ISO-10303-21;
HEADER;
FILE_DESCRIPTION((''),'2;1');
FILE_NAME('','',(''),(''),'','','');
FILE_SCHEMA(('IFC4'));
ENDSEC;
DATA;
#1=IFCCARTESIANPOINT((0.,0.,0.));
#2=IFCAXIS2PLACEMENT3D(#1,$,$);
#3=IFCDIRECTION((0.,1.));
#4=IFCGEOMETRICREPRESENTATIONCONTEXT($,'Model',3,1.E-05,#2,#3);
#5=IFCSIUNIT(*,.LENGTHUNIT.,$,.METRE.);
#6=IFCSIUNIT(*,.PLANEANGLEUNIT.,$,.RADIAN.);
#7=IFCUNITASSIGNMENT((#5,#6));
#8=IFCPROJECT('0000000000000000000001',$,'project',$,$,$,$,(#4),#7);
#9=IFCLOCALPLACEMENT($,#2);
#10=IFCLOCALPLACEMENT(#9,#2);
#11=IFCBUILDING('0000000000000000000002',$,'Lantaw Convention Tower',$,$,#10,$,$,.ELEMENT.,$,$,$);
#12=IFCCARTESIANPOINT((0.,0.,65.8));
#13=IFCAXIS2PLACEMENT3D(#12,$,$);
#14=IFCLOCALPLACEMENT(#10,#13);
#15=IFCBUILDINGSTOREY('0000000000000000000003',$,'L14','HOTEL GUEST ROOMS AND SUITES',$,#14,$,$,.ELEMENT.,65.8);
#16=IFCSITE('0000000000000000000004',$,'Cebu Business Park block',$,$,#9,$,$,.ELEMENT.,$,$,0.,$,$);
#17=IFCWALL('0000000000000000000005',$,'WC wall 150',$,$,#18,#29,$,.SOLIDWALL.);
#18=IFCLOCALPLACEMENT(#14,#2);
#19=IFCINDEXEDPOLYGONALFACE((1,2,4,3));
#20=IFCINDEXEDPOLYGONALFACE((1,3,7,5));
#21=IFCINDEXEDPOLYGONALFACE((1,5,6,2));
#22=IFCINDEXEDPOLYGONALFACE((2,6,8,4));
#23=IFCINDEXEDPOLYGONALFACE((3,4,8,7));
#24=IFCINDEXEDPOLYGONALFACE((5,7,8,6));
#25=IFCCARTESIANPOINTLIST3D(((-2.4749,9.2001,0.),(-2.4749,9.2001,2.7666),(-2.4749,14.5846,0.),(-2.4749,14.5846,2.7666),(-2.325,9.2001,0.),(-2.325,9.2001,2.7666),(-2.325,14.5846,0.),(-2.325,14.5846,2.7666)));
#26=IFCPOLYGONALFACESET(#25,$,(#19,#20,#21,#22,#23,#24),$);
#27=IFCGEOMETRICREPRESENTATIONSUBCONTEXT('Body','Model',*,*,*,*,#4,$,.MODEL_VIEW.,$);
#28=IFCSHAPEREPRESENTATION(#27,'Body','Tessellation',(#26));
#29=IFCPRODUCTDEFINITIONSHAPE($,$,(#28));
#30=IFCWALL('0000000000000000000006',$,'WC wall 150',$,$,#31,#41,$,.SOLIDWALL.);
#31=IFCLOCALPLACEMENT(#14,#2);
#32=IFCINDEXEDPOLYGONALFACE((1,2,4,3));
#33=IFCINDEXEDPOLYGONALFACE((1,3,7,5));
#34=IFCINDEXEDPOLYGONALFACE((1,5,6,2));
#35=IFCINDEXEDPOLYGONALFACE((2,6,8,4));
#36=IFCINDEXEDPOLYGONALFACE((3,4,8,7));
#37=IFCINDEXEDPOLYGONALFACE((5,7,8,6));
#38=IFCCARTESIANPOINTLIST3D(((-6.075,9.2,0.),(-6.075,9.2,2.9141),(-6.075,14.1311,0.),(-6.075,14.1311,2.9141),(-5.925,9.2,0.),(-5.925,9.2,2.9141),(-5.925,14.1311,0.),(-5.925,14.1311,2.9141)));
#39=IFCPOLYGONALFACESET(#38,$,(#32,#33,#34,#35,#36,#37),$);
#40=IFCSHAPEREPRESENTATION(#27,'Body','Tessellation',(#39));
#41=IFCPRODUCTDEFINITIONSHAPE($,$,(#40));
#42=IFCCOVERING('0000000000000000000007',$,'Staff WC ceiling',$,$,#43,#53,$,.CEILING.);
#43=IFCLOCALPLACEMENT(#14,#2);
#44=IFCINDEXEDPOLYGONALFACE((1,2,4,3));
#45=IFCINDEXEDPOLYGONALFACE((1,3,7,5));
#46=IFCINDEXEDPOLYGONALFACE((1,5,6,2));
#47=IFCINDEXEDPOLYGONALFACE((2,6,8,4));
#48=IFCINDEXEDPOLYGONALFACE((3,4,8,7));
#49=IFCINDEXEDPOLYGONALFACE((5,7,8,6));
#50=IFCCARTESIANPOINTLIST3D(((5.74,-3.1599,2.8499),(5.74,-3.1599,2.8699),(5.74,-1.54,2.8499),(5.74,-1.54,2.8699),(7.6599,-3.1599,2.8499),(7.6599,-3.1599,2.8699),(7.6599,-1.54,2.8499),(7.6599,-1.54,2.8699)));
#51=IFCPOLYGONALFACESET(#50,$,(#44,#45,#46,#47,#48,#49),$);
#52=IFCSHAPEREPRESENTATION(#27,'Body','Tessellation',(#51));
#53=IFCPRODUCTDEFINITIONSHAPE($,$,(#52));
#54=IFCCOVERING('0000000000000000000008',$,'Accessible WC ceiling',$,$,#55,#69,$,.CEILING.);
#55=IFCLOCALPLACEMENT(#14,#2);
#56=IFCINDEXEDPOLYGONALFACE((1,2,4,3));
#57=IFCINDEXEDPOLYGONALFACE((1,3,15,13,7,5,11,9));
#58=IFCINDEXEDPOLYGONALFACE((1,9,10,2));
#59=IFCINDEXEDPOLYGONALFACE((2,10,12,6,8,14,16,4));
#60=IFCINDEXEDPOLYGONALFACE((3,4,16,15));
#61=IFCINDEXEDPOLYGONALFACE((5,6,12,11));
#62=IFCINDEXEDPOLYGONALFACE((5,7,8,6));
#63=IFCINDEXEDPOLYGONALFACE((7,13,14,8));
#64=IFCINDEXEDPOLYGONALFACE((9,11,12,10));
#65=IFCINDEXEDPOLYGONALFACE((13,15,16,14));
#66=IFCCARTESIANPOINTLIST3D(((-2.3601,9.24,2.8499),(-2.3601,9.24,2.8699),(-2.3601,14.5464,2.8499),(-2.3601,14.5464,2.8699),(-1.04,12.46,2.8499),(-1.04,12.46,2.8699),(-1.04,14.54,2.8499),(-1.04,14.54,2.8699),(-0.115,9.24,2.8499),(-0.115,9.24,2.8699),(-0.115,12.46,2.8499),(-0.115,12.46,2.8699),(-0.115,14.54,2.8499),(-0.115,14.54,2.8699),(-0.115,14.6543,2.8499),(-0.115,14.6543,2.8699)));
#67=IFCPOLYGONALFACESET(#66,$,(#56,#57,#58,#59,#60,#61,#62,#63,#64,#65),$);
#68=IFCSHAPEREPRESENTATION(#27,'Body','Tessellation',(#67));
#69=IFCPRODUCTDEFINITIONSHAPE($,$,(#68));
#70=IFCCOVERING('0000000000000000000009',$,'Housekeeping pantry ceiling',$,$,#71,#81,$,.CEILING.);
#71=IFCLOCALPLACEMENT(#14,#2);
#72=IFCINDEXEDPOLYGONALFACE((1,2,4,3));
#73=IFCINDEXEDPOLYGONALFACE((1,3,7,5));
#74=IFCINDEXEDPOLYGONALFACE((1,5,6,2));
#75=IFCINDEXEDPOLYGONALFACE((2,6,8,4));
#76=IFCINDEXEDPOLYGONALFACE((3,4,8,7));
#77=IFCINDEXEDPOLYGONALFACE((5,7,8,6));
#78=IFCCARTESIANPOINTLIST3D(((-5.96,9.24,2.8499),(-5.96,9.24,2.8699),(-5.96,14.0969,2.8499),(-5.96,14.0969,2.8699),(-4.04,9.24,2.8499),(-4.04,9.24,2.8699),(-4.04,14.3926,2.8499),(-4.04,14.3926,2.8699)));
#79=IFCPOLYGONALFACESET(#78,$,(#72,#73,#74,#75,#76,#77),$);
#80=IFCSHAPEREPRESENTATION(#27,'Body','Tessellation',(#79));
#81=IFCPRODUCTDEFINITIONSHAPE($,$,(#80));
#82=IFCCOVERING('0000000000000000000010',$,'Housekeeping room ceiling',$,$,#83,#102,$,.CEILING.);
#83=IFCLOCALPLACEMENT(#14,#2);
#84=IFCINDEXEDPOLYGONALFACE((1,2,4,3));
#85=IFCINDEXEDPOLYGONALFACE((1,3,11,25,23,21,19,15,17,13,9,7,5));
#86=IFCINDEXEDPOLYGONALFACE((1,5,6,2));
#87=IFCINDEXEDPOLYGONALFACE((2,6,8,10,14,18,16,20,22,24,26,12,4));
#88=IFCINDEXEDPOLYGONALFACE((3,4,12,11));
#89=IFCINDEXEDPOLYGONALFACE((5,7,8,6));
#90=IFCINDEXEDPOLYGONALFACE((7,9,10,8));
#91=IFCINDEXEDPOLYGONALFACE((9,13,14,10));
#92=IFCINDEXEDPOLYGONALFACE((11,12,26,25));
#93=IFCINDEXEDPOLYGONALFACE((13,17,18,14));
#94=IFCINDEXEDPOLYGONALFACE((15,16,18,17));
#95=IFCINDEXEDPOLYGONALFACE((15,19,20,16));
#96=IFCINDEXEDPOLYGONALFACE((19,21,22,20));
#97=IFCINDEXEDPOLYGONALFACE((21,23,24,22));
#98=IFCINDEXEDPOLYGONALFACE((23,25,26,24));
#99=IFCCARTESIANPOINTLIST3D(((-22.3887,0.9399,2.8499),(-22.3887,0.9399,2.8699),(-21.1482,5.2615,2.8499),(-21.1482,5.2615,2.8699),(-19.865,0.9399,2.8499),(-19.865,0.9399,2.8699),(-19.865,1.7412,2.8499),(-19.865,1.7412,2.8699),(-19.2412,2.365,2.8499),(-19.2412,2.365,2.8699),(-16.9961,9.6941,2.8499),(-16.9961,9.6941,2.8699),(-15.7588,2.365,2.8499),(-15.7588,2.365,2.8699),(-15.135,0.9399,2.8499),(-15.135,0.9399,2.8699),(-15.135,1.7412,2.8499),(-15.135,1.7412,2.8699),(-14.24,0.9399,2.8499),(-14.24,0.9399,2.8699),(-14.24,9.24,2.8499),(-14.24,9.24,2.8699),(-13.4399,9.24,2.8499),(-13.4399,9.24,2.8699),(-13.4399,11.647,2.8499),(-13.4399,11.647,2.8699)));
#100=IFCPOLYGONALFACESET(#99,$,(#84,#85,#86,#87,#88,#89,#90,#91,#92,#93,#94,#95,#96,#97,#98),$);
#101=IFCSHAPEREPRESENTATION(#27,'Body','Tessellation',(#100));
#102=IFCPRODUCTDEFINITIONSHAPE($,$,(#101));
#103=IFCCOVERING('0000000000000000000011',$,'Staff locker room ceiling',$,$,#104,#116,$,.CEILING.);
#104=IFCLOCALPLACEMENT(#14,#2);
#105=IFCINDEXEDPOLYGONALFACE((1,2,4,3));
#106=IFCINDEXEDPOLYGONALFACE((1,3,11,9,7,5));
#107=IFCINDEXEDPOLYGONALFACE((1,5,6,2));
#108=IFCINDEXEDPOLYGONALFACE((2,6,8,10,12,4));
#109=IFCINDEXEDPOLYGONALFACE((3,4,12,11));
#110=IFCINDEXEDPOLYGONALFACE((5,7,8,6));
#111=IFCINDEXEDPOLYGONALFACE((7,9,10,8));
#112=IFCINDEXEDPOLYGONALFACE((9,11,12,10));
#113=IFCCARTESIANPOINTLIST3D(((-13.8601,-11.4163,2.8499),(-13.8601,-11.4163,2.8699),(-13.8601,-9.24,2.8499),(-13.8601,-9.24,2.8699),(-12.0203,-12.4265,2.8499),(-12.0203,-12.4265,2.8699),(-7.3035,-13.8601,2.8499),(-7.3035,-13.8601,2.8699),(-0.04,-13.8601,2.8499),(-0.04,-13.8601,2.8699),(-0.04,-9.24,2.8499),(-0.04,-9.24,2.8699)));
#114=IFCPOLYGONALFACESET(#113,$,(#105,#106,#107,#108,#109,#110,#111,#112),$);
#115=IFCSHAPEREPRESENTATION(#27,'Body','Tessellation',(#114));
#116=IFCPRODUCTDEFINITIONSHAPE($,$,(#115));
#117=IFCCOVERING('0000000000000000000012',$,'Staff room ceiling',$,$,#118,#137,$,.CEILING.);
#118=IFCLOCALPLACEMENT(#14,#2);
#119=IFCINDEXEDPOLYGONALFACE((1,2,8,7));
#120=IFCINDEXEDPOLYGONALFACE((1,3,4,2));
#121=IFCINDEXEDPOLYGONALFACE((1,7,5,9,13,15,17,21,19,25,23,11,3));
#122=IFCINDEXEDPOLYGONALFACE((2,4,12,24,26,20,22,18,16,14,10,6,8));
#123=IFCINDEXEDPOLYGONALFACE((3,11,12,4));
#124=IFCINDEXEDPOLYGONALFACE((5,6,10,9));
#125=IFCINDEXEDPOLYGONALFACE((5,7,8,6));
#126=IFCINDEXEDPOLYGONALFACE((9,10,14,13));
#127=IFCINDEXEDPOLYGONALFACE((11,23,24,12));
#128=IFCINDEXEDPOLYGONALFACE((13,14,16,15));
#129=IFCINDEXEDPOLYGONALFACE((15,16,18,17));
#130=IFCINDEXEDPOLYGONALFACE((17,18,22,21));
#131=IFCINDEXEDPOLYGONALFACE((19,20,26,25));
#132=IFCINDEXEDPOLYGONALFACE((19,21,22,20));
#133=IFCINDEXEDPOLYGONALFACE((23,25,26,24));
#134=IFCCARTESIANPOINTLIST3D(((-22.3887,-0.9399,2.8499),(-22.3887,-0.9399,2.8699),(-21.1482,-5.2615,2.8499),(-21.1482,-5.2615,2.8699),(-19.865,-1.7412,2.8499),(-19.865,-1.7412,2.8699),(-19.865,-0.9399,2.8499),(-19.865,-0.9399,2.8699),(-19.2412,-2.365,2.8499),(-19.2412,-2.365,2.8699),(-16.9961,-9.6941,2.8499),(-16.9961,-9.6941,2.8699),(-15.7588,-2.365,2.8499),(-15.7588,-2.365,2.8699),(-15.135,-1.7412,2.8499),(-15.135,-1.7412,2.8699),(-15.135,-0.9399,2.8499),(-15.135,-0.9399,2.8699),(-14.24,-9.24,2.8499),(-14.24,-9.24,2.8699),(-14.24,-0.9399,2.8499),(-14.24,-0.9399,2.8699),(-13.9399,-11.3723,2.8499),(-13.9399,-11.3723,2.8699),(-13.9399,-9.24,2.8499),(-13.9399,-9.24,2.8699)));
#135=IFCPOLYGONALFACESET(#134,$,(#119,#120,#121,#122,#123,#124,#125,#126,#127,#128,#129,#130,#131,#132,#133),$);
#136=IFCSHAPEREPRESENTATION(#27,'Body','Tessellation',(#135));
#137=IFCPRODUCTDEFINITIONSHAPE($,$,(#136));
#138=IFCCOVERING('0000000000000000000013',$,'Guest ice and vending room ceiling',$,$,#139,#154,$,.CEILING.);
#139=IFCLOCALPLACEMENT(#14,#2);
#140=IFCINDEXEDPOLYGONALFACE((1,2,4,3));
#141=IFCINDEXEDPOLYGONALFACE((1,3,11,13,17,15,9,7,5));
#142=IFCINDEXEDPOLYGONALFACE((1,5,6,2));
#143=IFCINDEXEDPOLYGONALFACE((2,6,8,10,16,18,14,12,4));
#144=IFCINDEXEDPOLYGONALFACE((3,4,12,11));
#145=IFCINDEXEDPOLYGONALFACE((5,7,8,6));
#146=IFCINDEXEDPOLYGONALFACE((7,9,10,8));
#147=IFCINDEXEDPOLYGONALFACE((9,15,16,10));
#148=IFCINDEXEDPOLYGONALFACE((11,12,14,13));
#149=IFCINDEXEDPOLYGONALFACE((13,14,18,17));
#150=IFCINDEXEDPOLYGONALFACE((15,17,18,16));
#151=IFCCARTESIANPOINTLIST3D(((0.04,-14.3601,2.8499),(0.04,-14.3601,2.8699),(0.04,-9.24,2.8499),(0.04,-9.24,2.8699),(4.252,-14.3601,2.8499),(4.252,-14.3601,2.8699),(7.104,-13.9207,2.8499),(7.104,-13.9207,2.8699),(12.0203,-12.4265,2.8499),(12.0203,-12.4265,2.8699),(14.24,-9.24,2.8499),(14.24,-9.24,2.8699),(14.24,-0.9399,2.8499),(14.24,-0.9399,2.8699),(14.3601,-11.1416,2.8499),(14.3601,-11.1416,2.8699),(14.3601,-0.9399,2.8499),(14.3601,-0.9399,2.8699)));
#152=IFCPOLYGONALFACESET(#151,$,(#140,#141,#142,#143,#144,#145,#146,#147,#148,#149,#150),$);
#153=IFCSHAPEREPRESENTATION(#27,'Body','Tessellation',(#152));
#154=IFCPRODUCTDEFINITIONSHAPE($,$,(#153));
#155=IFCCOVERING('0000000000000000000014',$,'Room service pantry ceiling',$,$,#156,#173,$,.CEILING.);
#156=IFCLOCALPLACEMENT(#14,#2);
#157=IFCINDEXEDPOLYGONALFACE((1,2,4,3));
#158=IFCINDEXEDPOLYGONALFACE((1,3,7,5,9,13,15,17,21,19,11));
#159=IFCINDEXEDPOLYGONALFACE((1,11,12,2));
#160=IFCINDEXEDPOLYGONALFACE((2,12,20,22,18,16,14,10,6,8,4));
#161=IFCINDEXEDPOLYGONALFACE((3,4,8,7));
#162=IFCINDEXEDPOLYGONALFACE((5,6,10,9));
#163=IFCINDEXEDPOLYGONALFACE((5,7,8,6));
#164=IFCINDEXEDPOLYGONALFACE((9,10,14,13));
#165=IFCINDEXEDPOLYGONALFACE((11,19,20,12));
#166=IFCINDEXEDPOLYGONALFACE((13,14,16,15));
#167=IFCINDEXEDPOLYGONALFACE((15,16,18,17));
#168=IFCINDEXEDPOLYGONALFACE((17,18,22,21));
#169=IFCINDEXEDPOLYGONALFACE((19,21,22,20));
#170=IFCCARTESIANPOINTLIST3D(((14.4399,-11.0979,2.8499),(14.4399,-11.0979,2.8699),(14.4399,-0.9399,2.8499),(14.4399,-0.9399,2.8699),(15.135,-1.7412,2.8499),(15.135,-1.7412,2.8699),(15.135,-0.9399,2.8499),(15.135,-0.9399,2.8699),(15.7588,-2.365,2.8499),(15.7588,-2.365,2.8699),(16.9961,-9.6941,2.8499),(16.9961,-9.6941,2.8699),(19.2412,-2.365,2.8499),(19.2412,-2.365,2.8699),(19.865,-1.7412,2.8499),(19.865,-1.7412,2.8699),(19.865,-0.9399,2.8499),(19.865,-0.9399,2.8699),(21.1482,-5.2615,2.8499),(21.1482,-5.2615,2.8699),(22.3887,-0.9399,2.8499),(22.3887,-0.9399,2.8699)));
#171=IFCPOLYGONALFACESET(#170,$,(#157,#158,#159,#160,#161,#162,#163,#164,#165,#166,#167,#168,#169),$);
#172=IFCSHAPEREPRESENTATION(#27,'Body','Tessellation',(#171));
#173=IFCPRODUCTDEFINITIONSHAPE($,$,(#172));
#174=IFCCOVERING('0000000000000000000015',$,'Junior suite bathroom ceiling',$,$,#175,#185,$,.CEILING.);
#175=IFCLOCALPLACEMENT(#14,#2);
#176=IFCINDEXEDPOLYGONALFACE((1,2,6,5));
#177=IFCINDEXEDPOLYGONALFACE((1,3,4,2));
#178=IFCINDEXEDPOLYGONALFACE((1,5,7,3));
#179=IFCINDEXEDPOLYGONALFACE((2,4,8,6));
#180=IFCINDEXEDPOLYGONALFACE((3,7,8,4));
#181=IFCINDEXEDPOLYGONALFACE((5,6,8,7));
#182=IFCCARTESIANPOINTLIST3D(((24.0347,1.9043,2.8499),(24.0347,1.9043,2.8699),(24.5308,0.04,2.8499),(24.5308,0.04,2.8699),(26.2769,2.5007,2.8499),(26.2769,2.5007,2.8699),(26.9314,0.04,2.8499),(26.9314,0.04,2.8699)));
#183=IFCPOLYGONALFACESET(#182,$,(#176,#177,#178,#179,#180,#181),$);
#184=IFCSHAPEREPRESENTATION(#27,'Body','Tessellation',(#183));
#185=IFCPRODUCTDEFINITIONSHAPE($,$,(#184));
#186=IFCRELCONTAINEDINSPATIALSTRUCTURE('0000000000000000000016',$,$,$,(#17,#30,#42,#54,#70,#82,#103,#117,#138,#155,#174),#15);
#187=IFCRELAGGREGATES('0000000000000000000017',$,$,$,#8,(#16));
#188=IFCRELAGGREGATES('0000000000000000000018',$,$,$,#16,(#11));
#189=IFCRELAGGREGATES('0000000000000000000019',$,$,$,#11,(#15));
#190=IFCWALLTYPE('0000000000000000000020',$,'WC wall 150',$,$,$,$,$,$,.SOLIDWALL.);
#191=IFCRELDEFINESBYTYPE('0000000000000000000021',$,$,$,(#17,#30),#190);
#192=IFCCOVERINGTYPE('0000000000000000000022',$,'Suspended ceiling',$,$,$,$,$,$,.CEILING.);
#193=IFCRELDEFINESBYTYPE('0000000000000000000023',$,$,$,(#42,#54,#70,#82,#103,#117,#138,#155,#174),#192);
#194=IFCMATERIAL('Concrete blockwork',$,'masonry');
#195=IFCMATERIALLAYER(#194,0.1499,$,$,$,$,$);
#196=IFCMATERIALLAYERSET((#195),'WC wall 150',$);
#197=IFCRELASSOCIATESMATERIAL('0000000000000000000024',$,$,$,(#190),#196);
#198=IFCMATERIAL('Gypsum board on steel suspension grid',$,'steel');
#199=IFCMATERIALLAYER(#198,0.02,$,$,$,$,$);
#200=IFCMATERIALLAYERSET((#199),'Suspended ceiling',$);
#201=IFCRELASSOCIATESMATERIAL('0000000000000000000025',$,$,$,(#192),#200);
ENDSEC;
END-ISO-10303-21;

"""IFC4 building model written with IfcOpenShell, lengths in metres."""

from ifc_helpers import new_model, si_unit, direction, frame, frame_2d, origin, place, context, subcontext, project, spatial, polyline, rectangle, outline, extrude, material, layer, layer_set, type_object, element, save


model = new_model("IFC4")

# Units and contexts
model_context = context("Model", 3, precision=1e-05, world=origin(), true_north=direction((0.0, 1.0)))
body_context = subcontext(model_context, "Body", "Model", "MODEL_VIEW")
ifc_project = project(units=[si_unit("LENGTHUNIT", "METRE"), si_unit("PLANEANGLEUNIT", "RADIAN")], contexts=[model_context])

# Site, building, storey
site_placement = place(None, origin())
site = spatial("IfcSite", under=ifc_project, at=site_placement, Name="Cebu Business Park block", CompositionType="ELEMENT", RefElevation=0.0)
building_placement = place(site_placement, origin())
building = spatial("IfcBuilding", under=site, at=building_placement, Name="Lantaw Convention Tower", CompositionType="ELEMENT")
storey_placement = place(building_placement, frame((0.0, 0.0, 65.8)))
storey = spatial("IfcBuildingStorey", under=building, at=storey_placement, Name="L14", Description="HOTEL GUEST ROOMS AND SUITES", CompositionType="ELEMENT", Elevation=65.8)

# Walls
ifc_material_1 = material(Name="Concrete blockwork", Category="masonry")
ifc_layer_1 = layer(ifc_material_1, 0.1499)
ifc_layer_set_1 = layer_set([ifc_layer_1], Name="WC wall 150")
wall_type_1 = type_object("IfcWallType", Name="WC wall 150", PredefinedType="SOLIDWALL", material=ifc_layer_set_1)
wall_1_placement = place(storey_placement, frame((-2.3999, 9.2, 0.0), z_axis=(0.0, 0.0, 1.0), x_axis=(0.0, 1.0, 0.0)))
element("IfcWall", 1, at=wall_1_placement, inside=storey, type_object=wall_type_1, Name="WC wall 150", PredefinedType="SOLIDWALL", context=body_context, shape_type="SweptSolid", body=[
    extrude(rectangle(XDim=5.3845, YDim=0.1499, at=frame_2d((2.6924, 0.0))), origin(), (0.0, 0.0, 1.0), 2.7666),
])
wall_2_placement = place(storey_placement, frame((-6.0, 9.2, 0.0), z_axis=(0.0, 0.0, 1.0), x_axis=(0.0, 1.0, 0.0)))
element("IfcWall", 2, at=wall_2_placement, inside=storey, type_object=wall_type_1, Name="WC wall 150", PredefinedType="SOLIDWALL", context=body_context, shape_type="SweptSolid", body=[
    extrude(rectangle(XDim=4.9312, YDim=0.1499, at=frame_2d((2.4656, 0.0))), origin(), (0.0, 0.0, 1.0), 2.9141),
])

# Coverings
ifc_material_2 = material(Name="Gypsum board on steel suspension grid", Category="steel")
ifc_layer_2 = layer(ifc_material_2, 0.02)
ifc_layer_set_2 = layer_set([ifc_layer_2], Name="Suspended ceiling")
covering_type = type_object("IfcCoveringType", Name="Suspended ceiling", PredefinedType="CEILING", material=ifc_layer_set_2)
covering_1_placement = place(storey_placement, frame((0.0, 0.0, 2.8499)))
element("IfcCovering", 3, at=covering_1_placement, inside=storey, type_object=covering_type, Name="Staff WC ceiling", PredefinedType="CEILING", context=body_context, shape_type="SweptSolid", body=[
    extrude(outline(polyline([(5.74, -3.1599), (7.6599, -3.1599), (7.6599, -1.54), (5.74, -1.54), (5.74, -3.1599)])), origin(), (0.0, 0.0, 1.0), 0.02),
])
covering_2_placement = place(storey_placement, frame((0.0, 0.0, 2.8499)))
element("IfcCovering", 4, at=covering_2_placement, inside=storey, type_object=covering_type, Name="Accessible WC ceiling", PredefinedType="CEILING", context=body_context, shape_type="SweptSolid", body=[
    extrude(outline(polyline([(-0.115, 14.54), (-0.115, 14.6543), (-2.3601, 14.5464), (-2.3601, 9.24), (-0.115, 9.24), (-0.115, 12.46), (-1.04, 12.46), (-1.04, 14.54), (-0.115, 14.54)])), origin(), (0.0, 0.0, 1.0), 0.02),
])
covering_3_placement = place(storey_placement, frame((0.0, 0.0, 2.8499)))
element("IfcCovering", 5, at=covering_3_placement, inside=storey, type_object=covering_type, Name="Housekeeping pantry ceiling", PredefinedType="CEILING", context=body_context, shape_type="SweptSolid", body=[
    extrude(outline(polyline([(-4.04, 14.3926), (-5.96, 14.0969), (-5.96, 9.24), (-4.04, 9.24), (-4.04, 14.3926)])), origin(), (0.0, 0.0, 1.0), 0.02),
])
covering_4_placement = place(storey_placement, frame((0.0, 0.0, 2.8499)))
element("IfcCovering", 6, at=covering_4_placement, inside=storey, type_object=covering_type, Name="Housekeeping room ceiling", PredefinedType="CEILING", context=body_context, shape_type="SweptSolid", body=[
    extrude(outline(polyline([(-22.3887, 0.9399), (-19.865, 0.9399), (-19.865, 1.7412), (-19.2412, 2.365), (-15.7588, 2.365), (-15.135, 1.7412), (-15.135, 0.9399), (-14.24, 0.9399), (-14.24, 9.24), (-13.4399, 9.24), (-13.4399, 11.647), (-16.9961, 9.6941), (-21.1482, 5.2615), (-22.3887, 0.9399)])), origin(), (0.0, 0.0, 1.0), 0.02),
])
covering_5_placement = place(storey_placement, frame((0.0, 0.0, 2.8499)))
element("IfcCovering", 7, at=covering_5_placement, inside=storey, type_object=covering_type, Name="Staff locker room ceiling", PredefinedType="CEILING", context=body_context, shape_type="SweptSolid", body=[
    extrude(outline(polyline([(-12.0203, -12.4265), (-7.3035, -13.8601), (-0.04, -13.8601), (-0.04, -9.24), (-13.8601, -9.24), (-13.8601, -11.4163), (-12.0203, -12.4265)])), origin(), (0.0, 0.0, 1.0), 0.02),
])
covering_6_placement = place(storey_placement, frame((0.0, 0.0, 2.8499)))
element("IfcCovering", 8, at=covering_6_placement, inside=storey, type_object=covering_type, Name="Staff room ceiling", PredefinedType="CEILING", context=body_context, shape_type="SweptSolid", body=[
    extrude(outline(polyline([(-22.3887, -0.9399), (-21.1482, -5.2615), (-16.9961, -9.6941), (-13.9399, -11.3723), (-13.9399, -9.24), (-14.24, -9.24), (-14.24, -0.9399), (-15.135, -0.9399), (-15.135, -1.7412), (-15.7588, -2.365), (-19.2412, -2.365), (-19.865, -1.7412), (-19.865, -0.9399), (-22.3887, -0.9399)])), origin(), (0.0, 0.0, 1.0), 0.02),
])
covering_7_placement = place(storey_placement, frame((0.0, 0.0, 2.8499)))
element("IfcCovering", 9, at=covering_7_placement, inside=storey, type_object=covering_type, Name="Guest ice and vending room ceiling", PredefinedType="CEILING", context=body_context, shape_type="SweptSolid", body=[
    extrude(outline(polyline([(7.104, -13.9207), (12.0203, -12.4265), (14.3601, -11.1416), (14.3601, -0.9399), (14.24, -0.9399), (14.24, -9.24), (0.04, -9.24), (0.04, -14.3601), (4.252, -14.3601), (7.104, -13.9207)])), origin(), (0.0, 0.0, 1.0), 0.02),
])
covering_8_placement = place(storey_placement, frame((0.0, 0.0, 2.8499)))
element("IfcCovering", 10, at=covering_8_placement, inside=storey, type_object=covering_type, Name="Room service pantry ceiling", PredefinedType="CEILING", context=body_context, shape_type="SweptSolid", body=[
    extrude(outline(polyline([(22.3887, -0.9399), (19.865, -0.9399), (19.865, -1.7412), (19.2412, -2.365), (15.7588, -2.365), (15.135, -1.7412), (15.135, -0.9399), (14.4399, -0.9399), (14.4399, -11.0979), (16.9961, -9.6941), (21.1482, -5.2615), (22.3887, -0.9399)])), origin(), (0.0, 0.0, 1.0), 0.02),
])
covering_9_placement = place(storey_placement, frame((0.0, 0.0, 2.8499)))
element("IfcCovering", 11, at=covering_9_placement, inside=storey, type_object=covering_type, Name="Junior suite bathroom ceiling", PredefinedType="CEILING", context=body_context, shape_type="SweptSolid", body=[
    extrude(outline(polyline([(24.5308, 0.04), (26.9314, 0.04), (26.2769, 2.5007), (24.0347, 1.9043), (24.5308, 0.04)])), origin(), (0.0, 0.0, 1.0), 0.02),
])

save(model, "model.ifc")
